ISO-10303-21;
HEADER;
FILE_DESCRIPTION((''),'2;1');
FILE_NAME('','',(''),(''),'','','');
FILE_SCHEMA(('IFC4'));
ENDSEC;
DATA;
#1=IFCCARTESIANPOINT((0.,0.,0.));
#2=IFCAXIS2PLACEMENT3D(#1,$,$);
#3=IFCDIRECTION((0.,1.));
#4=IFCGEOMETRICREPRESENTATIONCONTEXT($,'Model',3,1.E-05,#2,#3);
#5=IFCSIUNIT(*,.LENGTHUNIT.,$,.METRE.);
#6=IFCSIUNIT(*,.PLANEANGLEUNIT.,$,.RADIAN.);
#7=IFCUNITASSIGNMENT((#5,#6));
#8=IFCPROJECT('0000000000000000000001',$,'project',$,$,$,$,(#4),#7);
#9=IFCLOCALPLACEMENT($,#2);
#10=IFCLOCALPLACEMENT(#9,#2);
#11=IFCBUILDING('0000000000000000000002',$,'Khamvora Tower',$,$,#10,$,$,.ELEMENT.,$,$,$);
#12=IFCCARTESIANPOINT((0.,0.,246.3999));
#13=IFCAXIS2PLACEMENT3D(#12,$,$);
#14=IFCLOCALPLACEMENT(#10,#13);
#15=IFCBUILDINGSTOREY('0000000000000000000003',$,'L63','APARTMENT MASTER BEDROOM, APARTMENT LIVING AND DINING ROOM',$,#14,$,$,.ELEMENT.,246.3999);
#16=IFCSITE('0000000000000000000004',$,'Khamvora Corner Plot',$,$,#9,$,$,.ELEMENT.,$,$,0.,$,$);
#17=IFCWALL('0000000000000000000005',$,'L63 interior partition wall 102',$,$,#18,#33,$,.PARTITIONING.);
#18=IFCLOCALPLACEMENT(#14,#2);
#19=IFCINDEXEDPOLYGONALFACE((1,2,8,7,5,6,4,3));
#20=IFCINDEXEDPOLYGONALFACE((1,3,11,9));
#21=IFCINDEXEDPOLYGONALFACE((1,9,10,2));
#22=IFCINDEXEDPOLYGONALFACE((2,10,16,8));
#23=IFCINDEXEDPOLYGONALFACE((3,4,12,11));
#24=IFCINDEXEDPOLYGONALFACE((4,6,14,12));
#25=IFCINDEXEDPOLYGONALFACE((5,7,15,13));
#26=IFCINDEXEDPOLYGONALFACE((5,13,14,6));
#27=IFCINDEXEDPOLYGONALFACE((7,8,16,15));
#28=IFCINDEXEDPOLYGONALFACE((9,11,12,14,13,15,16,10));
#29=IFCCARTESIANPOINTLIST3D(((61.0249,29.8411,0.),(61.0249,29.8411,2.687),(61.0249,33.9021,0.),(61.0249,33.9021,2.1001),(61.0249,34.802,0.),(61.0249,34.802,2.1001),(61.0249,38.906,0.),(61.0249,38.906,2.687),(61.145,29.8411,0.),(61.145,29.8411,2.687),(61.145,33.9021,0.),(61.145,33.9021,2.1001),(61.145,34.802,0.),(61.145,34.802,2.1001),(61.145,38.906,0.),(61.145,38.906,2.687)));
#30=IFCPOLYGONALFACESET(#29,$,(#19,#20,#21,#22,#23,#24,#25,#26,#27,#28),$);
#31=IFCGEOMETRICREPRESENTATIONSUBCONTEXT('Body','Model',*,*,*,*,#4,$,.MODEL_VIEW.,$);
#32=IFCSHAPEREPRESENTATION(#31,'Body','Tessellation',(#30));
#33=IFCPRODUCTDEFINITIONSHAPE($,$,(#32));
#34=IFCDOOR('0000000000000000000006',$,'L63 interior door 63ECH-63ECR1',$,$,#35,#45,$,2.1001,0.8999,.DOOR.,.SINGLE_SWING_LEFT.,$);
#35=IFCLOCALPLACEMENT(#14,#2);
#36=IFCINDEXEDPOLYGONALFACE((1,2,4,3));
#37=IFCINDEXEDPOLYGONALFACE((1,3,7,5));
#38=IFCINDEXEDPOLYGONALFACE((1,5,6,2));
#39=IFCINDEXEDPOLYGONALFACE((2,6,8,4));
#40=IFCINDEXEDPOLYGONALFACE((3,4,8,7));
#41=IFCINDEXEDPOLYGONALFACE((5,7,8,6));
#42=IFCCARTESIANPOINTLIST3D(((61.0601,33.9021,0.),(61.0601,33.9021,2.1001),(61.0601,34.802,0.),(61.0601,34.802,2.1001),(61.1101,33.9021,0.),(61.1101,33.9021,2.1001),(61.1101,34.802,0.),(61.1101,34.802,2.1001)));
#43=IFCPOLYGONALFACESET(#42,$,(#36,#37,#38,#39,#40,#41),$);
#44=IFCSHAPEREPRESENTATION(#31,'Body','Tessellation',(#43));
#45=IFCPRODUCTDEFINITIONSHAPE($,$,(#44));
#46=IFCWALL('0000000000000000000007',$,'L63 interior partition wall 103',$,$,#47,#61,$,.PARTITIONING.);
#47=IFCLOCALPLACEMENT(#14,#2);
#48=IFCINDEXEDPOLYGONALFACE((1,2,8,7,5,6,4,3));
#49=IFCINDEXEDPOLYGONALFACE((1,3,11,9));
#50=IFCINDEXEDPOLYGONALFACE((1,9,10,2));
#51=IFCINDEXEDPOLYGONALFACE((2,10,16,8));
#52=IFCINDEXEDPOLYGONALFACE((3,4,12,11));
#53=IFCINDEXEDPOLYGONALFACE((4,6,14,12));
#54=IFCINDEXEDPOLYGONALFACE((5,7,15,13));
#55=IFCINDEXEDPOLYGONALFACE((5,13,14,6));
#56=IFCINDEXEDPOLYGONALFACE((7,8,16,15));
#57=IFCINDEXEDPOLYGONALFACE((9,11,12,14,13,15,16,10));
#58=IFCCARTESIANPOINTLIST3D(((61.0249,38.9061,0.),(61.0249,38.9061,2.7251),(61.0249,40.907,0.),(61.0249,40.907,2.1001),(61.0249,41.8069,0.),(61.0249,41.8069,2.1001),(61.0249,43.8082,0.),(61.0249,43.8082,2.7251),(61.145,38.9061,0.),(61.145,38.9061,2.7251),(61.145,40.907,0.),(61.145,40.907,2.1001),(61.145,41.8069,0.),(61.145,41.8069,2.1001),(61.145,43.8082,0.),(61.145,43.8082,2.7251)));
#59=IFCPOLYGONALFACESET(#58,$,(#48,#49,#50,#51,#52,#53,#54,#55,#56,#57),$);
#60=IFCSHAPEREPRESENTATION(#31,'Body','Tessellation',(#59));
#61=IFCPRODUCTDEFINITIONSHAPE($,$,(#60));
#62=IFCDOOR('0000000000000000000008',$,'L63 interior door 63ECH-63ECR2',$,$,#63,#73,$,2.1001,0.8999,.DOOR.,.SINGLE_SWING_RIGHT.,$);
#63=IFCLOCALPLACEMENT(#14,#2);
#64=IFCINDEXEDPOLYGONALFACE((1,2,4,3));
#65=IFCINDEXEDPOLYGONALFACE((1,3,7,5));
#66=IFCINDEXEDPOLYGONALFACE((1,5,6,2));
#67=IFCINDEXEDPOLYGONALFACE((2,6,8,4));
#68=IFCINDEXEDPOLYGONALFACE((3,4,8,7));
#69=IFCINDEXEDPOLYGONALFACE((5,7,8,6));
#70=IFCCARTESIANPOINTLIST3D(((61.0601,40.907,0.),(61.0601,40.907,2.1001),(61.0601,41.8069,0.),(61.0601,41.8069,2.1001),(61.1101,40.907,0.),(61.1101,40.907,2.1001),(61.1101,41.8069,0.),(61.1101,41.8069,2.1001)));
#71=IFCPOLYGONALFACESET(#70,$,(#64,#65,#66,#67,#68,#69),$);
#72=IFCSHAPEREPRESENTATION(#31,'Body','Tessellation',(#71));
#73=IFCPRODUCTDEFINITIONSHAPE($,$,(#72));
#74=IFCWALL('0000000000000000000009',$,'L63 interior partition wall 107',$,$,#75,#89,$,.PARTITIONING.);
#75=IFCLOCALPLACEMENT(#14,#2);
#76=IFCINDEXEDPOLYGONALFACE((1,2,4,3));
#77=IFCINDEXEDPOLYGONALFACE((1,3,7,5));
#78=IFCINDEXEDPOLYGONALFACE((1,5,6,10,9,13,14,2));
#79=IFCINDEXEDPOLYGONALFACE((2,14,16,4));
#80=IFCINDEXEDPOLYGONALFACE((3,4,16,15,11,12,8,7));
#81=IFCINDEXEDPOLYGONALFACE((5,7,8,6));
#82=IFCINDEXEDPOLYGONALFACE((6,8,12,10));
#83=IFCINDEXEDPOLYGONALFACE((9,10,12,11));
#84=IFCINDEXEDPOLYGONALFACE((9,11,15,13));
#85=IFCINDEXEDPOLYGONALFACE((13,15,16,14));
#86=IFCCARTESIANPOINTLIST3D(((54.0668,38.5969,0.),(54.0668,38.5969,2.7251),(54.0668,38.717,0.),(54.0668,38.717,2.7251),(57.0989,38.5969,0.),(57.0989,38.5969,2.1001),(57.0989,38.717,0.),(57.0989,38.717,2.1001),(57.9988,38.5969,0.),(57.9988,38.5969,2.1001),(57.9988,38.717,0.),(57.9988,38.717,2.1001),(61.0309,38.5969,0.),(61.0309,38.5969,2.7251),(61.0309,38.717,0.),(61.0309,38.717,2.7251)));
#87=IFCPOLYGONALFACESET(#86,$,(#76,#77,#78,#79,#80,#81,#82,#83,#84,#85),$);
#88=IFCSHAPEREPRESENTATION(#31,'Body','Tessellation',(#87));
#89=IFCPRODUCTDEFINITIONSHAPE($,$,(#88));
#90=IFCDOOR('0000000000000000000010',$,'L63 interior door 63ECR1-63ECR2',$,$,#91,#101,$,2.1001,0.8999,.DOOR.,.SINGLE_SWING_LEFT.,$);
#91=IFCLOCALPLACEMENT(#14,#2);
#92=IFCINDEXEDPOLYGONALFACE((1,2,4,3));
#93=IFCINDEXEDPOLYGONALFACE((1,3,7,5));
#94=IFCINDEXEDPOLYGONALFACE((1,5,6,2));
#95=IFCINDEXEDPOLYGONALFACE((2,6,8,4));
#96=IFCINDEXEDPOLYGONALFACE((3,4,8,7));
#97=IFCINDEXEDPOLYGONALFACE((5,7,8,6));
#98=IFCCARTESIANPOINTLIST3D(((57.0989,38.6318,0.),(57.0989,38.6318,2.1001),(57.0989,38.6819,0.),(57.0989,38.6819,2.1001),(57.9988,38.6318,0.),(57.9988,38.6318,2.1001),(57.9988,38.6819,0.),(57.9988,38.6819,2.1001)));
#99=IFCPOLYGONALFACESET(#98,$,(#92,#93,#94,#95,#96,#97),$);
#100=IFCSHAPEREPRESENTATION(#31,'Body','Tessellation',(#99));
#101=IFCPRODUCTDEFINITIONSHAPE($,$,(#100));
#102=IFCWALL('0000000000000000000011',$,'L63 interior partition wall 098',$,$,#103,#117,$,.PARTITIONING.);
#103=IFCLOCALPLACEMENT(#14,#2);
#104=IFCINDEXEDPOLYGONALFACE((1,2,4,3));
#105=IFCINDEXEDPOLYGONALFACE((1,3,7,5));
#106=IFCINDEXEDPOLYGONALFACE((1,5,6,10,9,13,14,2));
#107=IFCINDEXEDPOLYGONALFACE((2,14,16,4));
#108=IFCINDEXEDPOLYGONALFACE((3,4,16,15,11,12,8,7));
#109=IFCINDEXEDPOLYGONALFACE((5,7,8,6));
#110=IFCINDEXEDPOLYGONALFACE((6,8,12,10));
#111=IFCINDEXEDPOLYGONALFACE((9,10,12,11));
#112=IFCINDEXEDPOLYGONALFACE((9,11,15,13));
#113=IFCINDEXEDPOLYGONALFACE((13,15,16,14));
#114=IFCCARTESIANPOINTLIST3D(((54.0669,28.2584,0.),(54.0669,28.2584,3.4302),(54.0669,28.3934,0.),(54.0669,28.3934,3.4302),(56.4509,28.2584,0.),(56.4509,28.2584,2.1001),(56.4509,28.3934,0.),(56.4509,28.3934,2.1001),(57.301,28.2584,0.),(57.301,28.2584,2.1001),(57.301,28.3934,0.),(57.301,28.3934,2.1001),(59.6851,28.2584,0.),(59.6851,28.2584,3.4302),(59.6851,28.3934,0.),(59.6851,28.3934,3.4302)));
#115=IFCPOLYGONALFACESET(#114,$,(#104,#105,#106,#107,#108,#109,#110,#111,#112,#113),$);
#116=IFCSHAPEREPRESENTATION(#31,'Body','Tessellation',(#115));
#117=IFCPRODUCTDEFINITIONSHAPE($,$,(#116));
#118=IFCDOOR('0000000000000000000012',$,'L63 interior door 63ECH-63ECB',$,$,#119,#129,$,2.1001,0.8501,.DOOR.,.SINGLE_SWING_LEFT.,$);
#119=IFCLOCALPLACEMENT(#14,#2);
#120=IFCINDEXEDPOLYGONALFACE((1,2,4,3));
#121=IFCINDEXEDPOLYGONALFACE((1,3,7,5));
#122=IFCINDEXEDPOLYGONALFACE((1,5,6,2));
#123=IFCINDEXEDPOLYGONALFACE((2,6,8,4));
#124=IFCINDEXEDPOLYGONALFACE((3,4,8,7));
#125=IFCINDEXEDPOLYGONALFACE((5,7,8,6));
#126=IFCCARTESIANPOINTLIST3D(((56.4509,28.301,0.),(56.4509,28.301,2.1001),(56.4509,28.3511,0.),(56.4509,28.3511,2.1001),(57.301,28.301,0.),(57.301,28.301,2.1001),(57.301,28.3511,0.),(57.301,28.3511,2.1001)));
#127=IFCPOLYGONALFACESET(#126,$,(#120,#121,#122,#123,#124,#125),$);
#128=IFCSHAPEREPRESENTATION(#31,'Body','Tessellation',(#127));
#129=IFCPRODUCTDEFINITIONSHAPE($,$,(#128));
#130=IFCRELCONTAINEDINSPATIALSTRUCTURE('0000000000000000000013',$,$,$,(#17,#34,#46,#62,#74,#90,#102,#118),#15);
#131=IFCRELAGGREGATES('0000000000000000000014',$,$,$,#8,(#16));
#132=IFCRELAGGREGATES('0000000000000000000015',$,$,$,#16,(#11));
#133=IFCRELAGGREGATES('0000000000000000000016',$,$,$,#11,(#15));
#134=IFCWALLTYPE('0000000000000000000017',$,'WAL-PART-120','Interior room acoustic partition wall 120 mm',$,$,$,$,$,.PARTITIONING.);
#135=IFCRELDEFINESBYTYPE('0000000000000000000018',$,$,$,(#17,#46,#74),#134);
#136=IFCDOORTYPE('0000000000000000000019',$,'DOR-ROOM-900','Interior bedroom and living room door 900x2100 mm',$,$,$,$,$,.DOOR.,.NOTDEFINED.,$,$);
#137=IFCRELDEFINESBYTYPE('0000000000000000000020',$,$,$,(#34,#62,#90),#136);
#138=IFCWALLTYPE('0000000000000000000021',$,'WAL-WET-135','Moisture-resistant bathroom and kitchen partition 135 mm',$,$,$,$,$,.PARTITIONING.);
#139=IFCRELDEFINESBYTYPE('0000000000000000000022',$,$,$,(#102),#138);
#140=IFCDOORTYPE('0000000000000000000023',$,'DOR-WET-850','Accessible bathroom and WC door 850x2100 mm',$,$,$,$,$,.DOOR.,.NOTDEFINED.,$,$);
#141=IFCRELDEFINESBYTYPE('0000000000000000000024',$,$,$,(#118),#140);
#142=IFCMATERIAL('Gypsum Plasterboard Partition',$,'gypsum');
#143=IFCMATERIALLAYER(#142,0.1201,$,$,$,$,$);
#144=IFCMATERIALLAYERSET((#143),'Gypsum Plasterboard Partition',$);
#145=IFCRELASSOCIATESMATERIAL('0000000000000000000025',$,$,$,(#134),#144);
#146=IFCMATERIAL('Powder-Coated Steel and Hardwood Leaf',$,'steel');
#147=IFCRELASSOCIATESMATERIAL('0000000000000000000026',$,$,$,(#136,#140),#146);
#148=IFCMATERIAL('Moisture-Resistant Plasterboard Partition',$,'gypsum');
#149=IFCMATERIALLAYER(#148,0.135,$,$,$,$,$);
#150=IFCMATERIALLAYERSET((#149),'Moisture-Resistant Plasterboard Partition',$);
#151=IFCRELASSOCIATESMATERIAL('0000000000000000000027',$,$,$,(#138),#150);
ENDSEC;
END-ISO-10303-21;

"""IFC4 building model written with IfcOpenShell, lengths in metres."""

from ifc_helpers import new_model, si_unit, direction, frame, frame_2d, origin, place, context, subcontext, project, spatial, rectangle, extrude, material, layer, layer_set, type_object, element, fill, save


model = new_model("IFC4")

# Units and contexts
model_context = context("Model", 3, precision=1e-05, world=origin(), true_north=direction((0.0, 1.0)))
body_context = subcontext(model_context, "Body", "Model", "MODEL_VIEW")
ifc_project = project(units=[si_unit("LENGTHUNIT", "METRE"), si_unit("PLANEANGLEUNIT", "RADIAN")], contexts=[model_context])

# Site, building, storey
site_placement = place(None, origin())
site = spatial("IfcSite", under=ifc_project, at=site_placement, Name="Khamvora Corner Plot", CompositionType="ELEMENT", RefElevation=0.0)
building_placement = place(site_placement, origin())
building = spatial("IfcBuilding", under=site, at=building_placement, Name="Khamvora Tower", CompositionType="ELEMENT")
storey_placement = place(building_placement, frame((0.0, 0.0, 246.3999)))
storey = spatial("IfcBuildingStorey", under=building, at=storey_placement, Name="L63", Description="APARTMENT MASTER BEDROOM, APARTMENT LIVING AND DINING ROOM", CompositionType="ELEMENT", Elevation=246.3999)

# Shared definitions
ifc_material_1 = material(Name="Gypsum Plasterboard Partition", Category="gypsum")
ifc_layer_1 = layer(ifc_material_1, 0.1201)
ifc_layer_set_1 = layer_set([ifc_layer_1], Name="Gypsum Plasterboard Partition")
wall_type_1 = type_object("IfcWallType", Name="WAL-PART-120", Description="Interior room acoustic partition wall 120 mm", PredefinedType="PARTITIONING", material=ifc_layer_set_1)
ifc_material_2 = material(Name="Powder-Coated Steel and Hardwood Leaf", Category="steel")
door_type_1 = type_object("IfcDoorType", Name="DOR-ROOM-900", Description="Interior bedroom and living room door 900x2100 mm", OperationType="NOTDEFINED", PredefinedType="DOOR", material=ifc_material_2)

# Walls, openings, doors
wall_1_placement = place(storey_placement, frame((61.085, 29.8411, 0.0), z_axis=(0.0, 0.0, 1.0), x_axis=(0.0, 1.0, 0.0)))
wall_1 = element("IfcWall", 1, at=wall_1_placement, inside=storey, type_object=wall_type_1, Name="L63 interior partition wall 102", PredefinedType="PARTITIONING", context=body_context, shape_type="SweptSolid", body=[
    extrude(rectangle(XDim=9.0649, YDim=0.1201, at=frame_2d((4.5325, 0.0))), origin(), (0.0, 0.0, 1.0), 2.687),
])
opening_1_placement = place(wall_1_placement, frame((4.061, 0.0, 0.0)))
opening_1 = element("IfcOpeningElement", 2, at=opening_1_placement, cuts=wall_1, PredefinedType="OPENING", context=body_context, shape_type="SweptSolid", body=[
    extrude(rectangle(XDim=0.8999, YDim=2.1001, at=frame_2d((0.45, 1.05))), frame((0.0, 0.0701, 0.0), z_axis=(0.0, -1.0, 0.0), x_axis=(1.0, 0.0, 0.0)), (0.0, 0.0, 1.0), 0.1401),
])
door_1_placement = place(opening_1_placement, origin())
door_1 = element("IfcDoor", 3, at=door_1_placement, inside=storey, type_object=door_type_1, Name="L63 interior door 63ECH-63ECR1", OperationType="SINGLE_SWING_LEFT", OverallHeight=2.1001, OverallWidth=0.8999, PredefinedType="DOOR", context=body_context, shape_type="SweptSolid", body=[
    extrude(rectangle(XDim=0.8999, YDim=2.1001, at=frame_2d((0.45, 1.05))), frame((0.0, 0.0249, 0.0), z_axis=(0.0, -1.0, 0.0), x_axis=(1.0, 0.0, 0.0)), (0.0, 0.0, 1.0), 0.05),
])
fill(opening_1, door_1)
wall_2_placement = place(storey_placement, frame((61.085, 38.906, 0.0), z_axis=(0.0, 0.0, 1.0), x_axis=(0.0, 1.0, 0.0)))
wall_2 = element("IfcWall", 4, at=wall_2_placement, inside=storey, type_object=wall_type_1, Name="L63 interior partition wall 103", PredefinedType="PARTITIONING", context=body_context, shape_type="SweptSolid", body=[
    extrude(rectangle(XDim=4.9021, YDim=0.1201, at=frame_2d((2.4512, 0.0))), origin(), (0.0, 0.0, 1.0), 2.7251),
])
opening_2_placement = place(wall_2_placement, frame((2.001, 0.0, 0.0)))
opening_2 = element("IfcOpeningElement", 5, at=opening_2_placement, cuts=wall_2, PredefinedType="OPENING", context=body_context, shape_type="SweptSolid", body=[
    extrude(rectangle(XDim=0.8999, YDim=2.1001, at=frame_2d((0.45, 1.05))), frame((0.0, 0.0701, 0.0), z_axis=(0.0, -1.0, 0.0), x_axis=(1.0, 0.0, 0.0)), (0.0, 0.0, 1.0), 0.1401),
])
door_2_placement = place(opening_2_placement, origin())
door_2 = element("IfcDoor", 6, at=door_2_placement, inside=storey, type_object=door_type_1, Name="L63 interior door 63ECH-63ECR2", OperationType="SINGLE_SWING_RIGHT", OverallHeight=2.1001, OverallWidth=0.8999, PredefinedType="DOOR", context=body_context, shape_type="SweptSolid", body=[
    extrude(rectangle(XDim=0.8999, YDim=2.1001, at=frame_2d((0.45, 1.05))), frame((0.0, 0.0249, 0.0), z_axis=(0.0, -1.0, 0.0), x_axis=(1.0, 0.0, 0.0)), (0.0, 0.0, 1.0), 0.05),
])
fill(opening_2, door_2)
wall_3_placement = place(storey_placement, frame((54.0669, 38.657, 0.0), z_axis=(0.0, 0.0, 1.0), x_axis=(1.0, 0.0, 0.0)))
wall_3 = element("IfcWall", 7, at=wall_3_placement, inside=storey, type_object=wall_type_1, Name="L63 interior partition wall 107", PredefinedType="PARTITIONING", context=body_context, shape_type="SweptSolid", body=[
    extrude(rectangle(XDim=6.9641, YDim=0.1201, at=frame_2d((3.4819, 0.0))), origin(), (0.0, 0.0, 1.0), 2.7251),
])
opening_3_placement = place(wall_3_placement, frame((3.032, 0.0, 0.0)))
opening_3 = element("IfcOpeningElement", 8, at=opening_3_placement, cuts=wall_3, PredefinedType="OPENING", context=body_context, shape_type="SweptSolid", body=[
    extrude(rectangle(XDim=0.8999, YDim=2.1001, at=frame_2d((0.45, 1.05))), frame((0.0, 0.0701, 0.0), z_axis=(0.0, -1.0, 0.0), x_axis=(1.0, 0.0, 0.0)), (0.0, 0.0, 1.0), 0.1401),
])
door_3_placement = place(opening_3_placement, origin())
door_3 = element("IfcDoor", 9, at=door_3_placement, inside=storey, type_object=door_type_1, Name="L63 interior door 63ECR1-63ECR2", OperationType="SINGLE_SWING_LEFT", OverallHeight=2.1001, OverallWidth=0.8999, PredefinedType="DOOR", context=body_context, shape_type="SweptSolid", body=[
    extrude(rectangle(XDim=0.8999, YDim=2.1001, at=frame_2d((0.45, 1.05))), frame((0.0, 0.0249, 0.0), z_axis=(0.0, -1.0, 0.0), x_axis=(1.0, 0.0, 0.0)), (0.0, 0.0, 1.0), 0.05),
])
fill(opening_3, door_3)
ifc_material_3 = material(Name="Moisture-Resistant Plasterboard Partition", Category="gypsum")
ifc_layer_2 = layer(ifc_material_3, 0.135)
ifc_layer_set_2 = layer_set([ifc_layer_2], Name="Moisture-Resistant Plasterboard Partition")
wall_type_2 = type_object("IfcWallType", Name="WAL-WET-135", Description="Moisture-resistant bathroom and kitchen partition 135 mm", PredefinedType="PARTITIONING", material=ifc_layer_set_2)
wall_4_placement = place(storey_placement, frame((59.6851, 28.3259, 0.0), z_axis=(0.0, 0.0, 1.0), x_axis=(-1.0, 0.0, 0.0)))
wall_4 = element("IfcWall", 10, at=wall_4_placement, inside=storey, type_object=wall_type_2, Name="L63 interior partition wall 098", PredefinedType="PARTITIONING", context=body_context, shape_type="SweptSolid", body=[
    extrude(rectangle(XDim=5.6182, YDim=0.135, at=frame_2d((2.8091, 0.0))), origin(), (0.0, 0.0, 1.0), 3.4302),
])
opening_4_placement = place(wall_4_placement, frame((2.384, 0.0, 0.0)))
opening_4 = element("IfcOpeningElement", 11, at=opening_4_placement, cuts=wall_4, PredefinedType="OPENING", context=body_context, shape_type="SweptSolid", body=[
    extrude(rectangle(XDim=0.8501, YDim=2.1001, at=frame_2d((0.425, 1.05))), frame((0.0, 0.0774, 0.0), z_axis=(0.0, -1.0, 0.0), x_axis=(1.0, 0.0, 0.0)), (0.0, 0.0, 1.0), 0.155),
])
door_type_2 = type_object("IfcDoorType", Name="DOR-WET-850", Description="Accessible bathroom and WC door 850x2100 mm", OperationType="NOTDEFINED", PredefinedType="DOOR", material=ifc_material_2)
door_4_placement = place(opening_4_placement, origin())
door_4 = element("IfcDoor", 12, at=door_4_placement, inside=storey, type_object=door_type_2, Name="L63 interior door 63ECH-63ECB", OperationType="SINGLE_SWING_LEFT", OverallHeight=2.1001, OverallWidth=0.8501, PredefinedType="DOOR", context=body_context, shape_type="SweptSolid", body=[
    extrude(rectangle(XDim=0.8501, YDim=2.1001, at=frame_2d((0.425, 1.05))), frame((0.0, 0.0249, 0.0), z_axis=(0.0, -1.0, 0.0), x_axis=(1.0, 0.0, 0.0)), (0.0, 0.0, 1.0), 0.05),
])
fill(opening_4, door_4)

save(model, "model.ifc")
